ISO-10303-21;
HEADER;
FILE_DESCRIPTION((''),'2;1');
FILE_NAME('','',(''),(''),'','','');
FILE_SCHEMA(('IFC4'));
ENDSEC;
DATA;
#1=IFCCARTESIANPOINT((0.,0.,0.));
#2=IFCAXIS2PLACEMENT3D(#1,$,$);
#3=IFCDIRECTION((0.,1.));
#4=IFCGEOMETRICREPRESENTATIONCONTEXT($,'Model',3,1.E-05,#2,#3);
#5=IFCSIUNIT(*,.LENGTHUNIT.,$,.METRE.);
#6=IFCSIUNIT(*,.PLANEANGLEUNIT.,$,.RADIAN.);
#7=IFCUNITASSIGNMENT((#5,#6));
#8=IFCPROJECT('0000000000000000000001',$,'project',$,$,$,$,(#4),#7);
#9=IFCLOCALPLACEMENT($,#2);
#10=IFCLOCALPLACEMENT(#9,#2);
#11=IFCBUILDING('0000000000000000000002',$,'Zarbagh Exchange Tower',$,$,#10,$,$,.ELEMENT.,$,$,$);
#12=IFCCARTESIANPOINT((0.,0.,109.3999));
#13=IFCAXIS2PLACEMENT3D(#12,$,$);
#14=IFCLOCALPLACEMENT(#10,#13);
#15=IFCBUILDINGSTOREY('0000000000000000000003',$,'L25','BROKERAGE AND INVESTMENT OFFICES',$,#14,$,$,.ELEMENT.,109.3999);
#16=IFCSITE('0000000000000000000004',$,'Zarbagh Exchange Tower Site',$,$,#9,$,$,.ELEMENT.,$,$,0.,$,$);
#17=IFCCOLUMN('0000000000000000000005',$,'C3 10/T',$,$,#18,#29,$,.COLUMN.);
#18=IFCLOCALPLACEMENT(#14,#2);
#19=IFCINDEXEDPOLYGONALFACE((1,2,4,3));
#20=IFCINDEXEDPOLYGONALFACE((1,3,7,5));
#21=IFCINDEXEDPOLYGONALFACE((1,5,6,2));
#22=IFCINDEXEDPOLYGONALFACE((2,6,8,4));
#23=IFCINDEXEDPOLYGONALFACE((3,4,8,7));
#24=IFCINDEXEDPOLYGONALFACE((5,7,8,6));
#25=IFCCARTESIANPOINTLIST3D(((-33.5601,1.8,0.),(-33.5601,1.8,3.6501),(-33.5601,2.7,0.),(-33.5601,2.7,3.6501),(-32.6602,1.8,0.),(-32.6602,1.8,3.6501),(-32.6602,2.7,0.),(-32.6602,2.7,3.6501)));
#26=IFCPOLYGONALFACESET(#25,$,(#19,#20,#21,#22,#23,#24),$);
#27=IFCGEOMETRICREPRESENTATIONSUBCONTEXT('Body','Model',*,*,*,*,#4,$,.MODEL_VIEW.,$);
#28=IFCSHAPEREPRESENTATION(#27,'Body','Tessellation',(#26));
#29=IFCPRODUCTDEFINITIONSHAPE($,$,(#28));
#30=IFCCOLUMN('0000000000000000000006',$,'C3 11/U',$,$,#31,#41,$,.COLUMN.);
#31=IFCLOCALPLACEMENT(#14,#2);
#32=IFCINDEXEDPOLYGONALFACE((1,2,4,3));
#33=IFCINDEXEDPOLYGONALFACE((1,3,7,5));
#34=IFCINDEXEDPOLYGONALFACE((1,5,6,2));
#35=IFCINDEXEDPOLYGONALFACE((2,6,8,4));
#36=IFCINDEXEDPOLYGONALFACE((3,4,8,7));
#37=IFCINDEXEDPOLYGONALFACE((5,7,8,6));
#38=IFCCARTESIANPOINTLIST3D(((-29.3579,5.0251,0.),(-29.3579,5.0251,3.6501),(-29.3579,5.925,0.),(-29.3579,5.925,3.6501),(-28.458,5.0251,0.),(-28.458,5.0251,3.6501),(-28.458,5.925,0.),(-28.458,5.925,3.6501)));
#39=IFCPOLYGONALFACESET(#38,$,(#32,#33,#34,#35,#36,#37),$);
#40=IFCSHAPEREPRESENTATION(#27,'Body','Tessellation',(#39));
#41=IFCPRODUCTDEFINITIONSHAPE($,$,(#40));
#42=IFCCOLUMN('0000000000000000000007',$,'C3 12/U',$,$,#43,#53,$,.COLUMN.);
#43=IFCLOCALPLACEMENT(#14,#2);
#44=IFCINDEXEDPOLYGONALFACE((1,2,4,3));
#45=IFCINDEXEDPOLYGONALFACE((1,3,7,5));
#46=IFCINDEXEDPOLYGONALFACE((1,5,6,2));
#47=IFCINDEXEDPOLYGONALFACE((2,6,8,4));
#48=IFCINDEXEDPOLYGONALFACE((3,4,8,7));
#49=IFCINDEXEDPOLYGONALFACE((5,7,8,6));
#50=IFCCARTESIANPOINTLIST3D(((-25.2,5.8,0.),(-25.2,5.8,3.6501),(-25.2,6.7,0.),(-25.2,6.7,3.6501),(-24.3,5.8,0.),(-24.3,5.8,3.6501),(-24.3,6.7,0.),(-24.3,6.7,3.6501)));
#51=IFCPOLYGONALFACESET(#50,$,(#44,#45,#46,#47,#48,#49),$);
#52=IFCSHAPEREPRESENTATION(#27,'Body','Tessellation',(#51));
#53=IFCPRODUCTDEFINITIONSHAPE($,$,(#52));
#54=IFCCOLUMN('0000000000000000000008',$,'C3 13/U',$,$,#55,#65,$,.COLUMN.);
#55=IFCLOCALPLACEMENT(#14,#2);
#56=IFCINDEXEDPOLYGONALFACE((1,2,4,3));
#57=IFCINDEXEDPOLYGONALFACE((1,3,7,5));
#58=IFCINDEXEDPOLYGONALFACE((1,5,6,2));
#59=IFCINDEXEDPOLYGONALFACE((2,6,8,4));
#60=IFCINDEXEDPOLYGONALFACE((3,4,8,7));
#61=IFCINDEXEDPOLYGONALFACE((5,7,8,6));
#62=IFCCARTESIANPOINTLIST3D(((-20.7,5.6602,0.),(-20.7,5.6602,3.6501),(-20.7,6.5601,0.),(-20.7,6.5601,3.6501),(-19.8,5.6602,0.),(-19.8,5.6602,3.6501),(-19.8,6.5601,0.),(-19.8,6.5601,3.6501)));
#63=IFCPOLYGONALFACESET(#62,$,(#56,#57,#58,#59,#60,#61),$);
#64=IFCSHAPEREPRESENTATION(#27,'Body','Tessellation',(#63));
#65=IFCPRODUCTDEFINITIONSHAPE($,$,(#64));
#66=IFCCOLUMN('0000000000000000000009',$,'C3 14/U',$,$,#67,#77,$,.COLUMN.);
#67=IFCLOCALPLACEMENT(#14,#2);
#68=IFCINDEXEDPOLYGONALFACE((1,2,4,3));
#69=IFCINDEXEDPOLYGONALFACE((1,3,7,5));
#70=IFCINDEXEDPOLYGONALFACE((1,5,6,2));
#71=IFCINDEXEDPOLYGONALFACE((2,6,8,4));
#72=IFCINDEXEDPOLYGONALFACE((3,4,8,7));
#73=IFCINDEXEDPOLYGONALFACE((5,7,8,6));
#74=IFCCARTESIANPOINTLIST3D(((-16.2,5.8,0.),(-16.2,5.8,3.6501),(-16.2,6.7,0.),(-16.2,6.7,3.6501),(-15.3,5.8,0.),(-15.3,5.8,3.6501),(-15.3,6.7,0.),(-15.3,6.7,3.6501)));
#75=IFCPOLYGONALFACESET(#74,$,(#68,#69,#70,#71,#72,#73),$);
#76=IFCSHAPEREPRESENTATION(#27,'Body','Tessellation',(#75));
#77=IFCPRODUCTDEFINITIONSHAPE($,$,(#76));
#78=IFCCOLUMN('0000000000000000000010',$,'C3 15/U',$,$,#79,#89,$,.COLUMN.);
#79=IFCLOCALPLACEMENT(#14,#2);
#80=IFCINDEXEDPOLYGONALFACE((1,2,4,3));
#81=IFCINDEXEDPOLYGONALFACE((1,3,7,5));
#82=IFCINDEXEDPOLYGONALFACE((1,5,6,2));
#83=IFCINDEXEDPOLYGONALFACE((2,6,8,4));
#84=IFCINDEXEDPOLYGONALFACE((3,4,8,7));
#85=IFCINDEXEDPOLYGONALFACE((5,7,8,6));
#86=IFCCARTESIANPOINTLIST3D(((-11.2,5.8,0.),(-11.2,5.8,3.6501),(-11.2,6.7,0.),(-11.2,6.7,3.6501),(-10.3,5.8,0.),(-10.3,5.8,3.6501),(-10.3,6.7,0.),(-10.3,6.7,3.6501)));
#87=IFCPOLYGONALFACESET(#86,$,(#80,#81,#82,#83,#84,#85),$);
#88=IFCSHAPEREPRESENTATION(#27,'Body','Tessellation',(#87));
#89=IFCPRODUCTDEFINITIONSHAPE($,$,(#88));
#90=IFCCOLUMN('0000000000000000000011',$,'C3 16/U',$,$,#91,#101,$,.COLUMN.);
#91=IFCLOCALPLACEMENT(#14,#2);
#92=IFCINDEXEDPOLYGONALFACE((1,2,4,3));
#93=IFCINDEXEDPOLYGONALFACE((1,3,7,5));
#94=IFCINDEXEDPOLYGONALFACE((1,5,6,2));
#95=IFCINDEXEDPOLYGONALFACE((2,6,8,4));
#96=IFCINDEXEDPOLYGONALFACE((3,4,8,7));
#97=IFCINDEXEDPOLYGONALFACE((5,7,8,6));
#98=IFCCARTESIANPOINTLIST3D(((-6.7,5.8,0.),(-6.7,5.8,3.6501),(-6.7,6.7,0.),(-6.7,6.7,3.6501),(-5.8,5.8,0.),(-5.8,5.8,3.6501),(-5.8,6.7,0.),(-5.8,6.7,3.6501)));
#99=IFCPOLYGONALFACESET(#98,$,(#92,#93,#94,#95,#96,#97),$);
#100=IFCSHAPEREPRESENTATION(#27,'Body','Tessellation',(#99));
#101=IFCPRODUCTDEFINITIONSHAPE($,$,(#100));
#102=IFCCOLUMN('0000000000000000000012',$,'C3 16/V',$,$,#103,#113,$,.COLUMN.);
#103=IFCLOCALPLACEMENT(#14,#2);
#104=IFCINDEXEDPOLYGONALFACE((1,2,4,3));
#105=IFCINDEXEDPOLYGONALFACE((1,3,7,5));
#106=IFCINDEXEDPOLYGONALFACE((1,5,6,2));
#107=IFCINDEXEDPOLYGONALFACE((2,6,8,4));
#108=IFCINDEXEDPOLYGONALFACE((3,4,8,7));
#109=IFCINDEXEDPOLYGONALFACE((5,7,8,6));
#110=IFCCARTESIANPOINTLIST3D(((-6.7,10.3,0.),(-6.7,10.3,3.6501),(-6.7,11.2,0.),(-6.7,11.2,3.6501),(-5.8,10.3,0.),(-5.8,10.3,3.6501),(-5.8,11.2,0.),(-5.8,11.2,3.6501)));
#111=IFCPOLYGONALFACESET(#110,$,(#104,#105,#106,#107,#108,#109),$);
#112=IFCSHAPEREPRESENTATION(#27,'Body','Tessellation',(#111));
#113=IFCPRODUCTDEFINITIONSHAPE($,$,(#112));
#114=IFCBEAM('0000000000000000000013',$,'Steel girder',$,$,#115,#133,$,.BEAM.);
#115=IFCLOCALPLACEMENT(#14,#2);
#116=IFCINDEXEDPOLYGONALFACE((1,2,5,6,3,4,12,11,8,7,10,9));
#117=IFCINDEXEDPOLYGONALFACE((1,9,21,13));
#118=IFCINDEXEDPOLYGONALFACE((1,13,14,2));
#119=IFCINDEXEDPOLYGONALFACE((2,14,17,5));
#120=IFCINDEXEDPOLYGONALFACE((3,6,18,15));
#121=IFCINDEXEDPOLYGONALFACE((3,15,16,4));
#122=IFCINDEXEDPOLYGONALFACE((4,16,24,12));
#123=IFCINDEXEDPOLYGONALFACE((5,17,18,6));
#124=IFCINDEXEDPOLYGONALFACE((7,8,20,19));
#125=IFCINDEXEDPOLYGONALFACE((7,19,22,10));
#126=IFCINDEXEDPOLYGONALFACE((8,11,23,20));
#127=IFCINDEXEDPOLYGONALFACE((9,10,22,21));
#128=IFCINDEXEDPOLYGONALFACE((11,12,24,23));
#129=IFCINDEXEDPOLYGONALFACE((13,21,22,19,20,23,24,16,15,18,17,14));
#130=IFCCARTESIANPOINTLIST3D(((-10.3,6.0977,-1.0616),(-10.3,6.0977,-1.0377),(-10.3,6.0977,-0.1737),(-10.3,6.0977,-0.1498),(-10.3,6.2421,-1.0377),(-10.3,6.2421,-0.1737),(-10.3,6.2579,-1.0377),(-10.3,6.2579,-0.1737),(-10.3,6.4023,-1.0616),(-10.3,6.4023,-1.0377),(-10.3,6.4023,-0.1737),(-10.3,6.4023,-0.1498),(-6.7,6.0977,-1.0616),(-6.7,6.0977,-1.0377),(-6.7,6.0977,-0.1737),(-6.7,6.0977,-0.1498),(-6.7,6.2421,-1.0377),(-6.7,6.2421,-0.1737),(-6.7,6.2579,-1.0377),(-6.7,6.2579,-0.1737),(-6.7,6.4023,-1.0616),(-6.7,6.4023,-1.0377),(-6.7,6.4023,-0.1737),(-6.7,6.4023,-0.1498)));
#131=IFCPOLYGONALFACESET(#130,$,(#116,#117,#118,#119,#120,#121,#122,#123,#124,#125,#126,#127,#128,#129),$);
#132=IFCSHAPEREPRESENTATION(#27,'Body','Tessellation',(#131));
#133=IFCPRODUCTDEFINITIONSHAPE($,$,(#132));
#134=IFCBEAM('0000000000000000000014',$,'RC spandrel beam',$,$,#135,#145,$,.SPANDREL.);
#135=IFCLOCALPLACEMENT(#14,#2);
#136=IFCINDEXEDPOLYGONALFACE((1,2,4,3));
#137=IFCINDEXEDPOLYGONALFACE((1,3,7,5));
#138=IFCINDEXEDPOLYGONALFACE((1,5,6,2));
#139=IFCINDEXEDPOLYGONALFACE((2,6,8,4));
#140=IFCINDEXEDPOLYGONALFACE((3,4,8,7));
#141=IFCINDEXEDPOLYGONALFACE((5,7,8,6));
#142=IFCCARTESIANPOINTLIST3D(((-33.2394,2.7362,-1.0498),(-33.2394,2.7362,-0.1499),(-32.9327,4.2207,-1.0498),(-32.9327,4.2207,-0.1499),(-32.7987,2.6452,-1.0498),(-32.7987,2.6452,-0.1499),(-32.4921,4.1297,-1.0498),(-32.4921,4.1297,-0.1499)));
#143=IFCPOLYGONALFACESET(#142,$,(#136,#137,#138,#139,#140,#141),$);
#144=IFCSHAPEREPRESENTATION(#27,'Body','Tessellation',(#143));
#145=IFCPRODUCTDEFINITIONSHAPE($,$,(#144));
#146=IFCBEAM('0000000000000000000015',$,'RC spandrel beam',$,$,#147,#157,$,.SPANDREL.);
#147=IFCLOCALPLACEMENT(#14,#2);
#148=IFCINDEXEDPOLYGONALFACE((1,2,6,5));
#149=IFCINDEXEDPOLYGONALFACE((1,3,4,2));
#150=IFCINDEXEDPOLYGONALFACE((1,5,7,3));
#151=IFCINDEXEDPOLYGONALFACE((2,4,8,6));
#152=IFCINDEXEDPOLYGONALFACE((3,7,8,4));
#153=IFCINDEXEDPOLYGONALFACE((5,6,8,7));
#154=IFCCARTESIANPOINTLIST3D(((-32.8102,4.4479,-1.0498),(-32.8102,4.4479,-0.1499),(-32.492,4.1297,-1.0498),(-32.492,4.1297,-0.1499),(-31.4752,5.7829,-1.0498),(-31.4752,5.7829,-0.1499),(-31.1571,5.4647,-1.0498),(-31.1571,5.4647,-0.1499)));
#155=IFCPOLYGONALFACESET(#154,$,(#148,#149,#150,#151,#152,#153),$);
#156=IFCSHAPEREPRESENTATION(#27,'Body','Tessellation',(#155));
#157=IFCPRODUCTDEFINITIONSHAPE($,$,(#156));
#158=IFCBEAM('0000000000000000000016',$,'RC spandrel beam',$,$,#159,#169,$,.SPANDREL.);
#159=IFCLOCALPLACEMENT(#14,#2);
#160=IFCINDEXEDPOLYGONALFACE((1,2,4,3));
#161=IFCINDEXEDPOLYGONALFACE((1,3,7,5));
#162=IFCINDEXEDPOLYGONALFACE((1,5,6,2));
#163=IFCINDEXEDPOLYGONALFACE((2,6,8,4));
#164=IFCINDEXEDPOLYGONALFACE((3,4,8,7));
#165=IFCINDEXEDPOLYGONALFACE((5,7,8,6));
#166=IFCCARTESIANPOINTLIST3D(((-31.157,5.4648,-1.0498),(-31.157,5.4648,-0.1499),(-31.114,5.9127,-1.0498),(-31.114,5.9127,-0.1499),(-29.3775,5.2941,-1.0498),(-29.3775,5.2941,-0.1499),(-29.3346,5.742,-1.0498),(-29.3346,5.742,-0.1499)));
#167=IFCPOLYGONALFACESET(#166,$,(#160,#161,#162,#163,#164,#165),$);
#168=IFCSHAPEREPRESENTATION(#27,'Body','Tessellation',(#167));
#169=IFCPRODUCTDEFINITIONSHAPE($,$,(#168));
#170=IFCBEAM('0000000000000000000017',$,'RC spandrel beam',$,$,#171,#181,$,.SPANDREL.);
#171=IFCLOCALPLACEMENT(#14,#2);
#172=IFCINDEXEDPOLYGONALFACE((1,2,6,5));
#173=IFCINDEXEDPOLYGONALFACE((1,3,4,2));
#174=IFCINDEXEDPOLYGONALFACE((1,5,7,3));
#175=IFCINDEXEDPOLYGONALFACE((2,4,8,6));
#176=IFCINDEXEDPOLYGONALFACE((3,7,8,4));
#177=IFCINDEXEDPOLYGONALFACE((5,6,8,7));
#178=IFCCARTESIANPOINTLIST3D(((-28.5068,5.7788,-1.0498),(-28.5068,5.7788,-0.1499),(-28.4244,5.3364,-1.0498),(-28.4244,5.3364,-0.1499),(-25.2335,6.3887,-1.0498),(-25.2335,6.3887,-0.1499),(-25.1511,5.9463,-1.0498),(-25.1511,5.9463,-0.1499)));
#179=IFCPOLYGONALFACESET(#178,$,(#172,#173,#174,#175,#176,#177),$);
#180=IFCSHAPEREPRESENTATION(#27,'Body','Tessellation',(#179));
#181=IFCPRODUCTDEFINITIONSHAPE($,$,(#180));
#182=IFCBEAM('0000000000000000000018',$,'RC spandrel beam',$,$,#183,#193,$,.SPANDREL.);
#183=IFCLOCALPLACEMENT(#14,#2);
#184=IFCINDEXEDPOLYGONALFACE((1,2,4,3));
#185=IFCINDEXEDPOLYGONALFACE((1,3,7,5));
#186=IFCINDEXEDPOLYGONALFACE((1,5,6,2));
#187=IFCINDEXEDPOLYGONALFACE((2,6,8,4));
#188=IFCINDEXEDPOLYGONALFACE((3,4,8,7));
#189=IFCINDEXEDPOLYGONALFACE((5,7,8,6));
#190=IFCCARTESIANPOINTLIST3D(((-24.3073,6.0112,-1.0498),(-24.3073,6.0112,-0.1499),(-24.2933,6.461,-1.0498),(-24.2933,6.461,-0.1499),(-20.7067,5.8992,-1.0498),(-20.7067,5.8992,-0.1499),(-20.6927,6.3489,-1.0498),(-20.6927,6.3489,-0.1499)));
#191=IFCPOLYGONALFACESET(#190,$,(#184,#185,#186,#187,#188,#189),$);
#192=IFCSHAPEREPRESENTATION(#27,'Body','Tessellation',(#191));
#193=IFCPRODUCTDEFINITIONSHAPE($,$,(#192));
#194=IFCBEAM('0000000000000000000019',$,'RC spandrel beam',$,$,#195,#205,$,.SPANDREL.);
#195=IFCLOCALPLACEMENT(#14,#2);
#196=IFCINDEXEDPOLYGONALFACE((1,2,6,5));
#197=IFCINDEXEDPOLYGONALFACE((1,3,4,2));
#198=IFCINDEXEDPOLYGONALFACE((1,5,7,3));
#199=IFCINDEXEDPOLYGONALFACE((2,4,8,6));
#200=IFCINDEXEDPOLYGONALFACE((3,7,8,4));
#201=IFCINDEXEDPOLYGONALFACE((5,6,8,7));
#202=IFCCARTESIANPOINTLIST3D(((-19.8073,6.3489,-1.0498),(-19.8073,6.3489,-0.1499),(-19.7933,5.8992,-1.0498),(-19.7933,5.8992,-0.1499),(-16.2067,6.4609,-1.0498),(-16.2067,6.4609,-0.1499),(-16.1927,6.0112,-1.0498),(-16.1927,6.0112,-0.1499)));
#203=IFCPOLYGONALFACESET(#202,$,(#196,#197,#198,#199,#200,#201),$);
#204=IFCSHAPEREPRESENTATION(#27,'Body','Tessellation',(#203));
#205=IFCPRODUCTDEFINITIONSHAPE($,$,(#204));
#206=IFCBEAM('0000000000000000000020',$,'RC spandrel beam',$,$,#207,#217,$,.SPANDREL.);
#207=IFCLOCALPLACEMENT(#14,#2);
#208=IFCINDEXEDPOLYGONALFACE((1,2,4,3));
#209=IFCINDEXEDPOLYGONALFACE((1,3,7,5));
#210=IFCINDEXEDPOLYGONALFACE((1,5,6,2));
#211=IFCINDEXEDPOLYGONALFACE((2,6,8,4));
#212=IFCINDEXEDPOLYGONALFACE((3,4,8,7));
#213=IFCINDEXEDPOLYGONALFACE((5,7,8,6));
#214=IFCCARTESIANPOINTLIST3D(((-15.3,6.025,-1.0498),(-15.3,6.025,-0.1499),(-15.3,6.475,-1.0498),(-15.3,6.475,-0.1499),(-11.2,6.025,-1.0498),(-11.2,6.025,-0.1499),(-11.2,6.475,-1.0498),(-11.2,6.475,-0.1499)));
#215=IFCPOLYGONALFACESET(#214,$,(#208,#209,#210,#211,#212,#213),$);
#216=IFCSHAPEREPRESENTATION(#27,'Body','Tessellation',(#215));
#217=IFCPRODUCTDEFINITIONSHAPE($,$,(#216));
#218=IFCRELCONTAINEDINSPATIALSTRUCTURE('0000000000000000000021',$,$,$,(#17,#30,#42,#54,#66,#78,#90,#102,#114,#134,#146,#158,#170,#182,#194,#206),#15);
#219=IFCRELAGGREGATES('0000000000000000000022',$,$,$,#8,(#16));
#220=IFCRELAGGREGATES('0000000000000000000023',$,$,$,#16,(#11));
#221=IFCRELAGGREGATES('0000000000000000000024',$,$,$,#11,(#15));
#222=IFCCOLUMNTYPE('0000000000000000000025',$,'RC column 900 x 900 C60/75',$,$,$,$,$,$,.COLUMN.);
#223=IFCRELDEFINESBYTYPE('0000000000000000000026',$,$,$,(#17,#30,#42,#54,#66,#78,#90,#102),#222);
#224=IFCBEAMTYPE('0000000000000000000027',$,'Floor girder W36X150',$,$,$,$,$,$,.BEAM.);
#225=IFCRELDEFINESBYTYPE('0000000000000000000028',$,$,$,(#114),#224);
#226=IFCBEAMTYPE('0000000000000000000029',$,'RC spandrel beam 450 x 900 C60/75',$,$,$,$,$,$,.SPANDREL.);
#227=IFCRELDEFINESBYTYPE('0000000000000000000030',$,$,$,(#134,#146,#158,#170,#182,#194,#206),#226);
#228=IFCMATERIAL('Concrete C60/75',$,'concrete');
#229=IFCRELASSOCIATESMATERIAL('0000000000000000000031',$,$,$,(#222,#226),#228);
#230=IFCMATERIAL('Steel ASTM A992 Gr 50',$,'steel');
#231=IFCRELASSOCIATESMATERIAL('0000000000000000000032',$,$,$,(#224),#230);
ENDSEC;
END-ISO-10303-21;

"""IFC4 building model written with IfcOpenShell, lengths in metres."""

from ifc_helpers import new_model, si_unit, direction, frame, origin, origin_2d, place, context, subcontext, project, spatial, rectangle, i_section, extrude, material, material_profile, profile_set, type_object, element, save


model = new_model("IFC4")

# Units and contexts
model_context = context("Model", 3, precision=1e-05, world=origin(), true_north=direction((0.0, 1.0)))
body_context = subcontext(model_context, "Body", "Model", "MODEL_VIEW")
ifc_project = project(units=[si_unit("LENGTHUNIT", "METRE"), si_unit("PLANEANGLEUNIT", "RADIAN")], contexts=[model_context])

# Site, building, storey
site_placement = place(None, origin())
site = spatial("IfcSite", under=ifc_project, at=site_placement, Name="Zarbagh Exchange Tower Site", CompositionType="ELEMENT", RefElevation=0.0)
building_placement = place(site_placement, origin())
building = spatial("IfcBuilding", under=site, at=building_placement, Name="Zarbagh Exchange Tower", CompositionType="ELEMENT")
storey_placement = place(building_placement, frame((0.0, 0.0, 109.3999)))
storey = spatial("IfcBuildingStorey", under=building, at=storey_placement, Name="L25", Description="BROKERAGE AND INVESTMENT OFFICES", CompositionType="ELEMENT", Elevation=109.3999)

# Columns
ifc_material_1 = material(Name="Concrete C60/75", Category="concrete")
ifc_material_profile_1 = material_profile(ifc_material_1, rectangle(XDim=0.8999, YDim=0.8999, at=origin_2d()), Name="RC column 900 x 900 C60/75")
ifc_profile_set_1 = profile_set([ifc_material_profile_1], Name="Concrete C60/75")
column_type = type_object("IfcColumnType", Name="RC column 900 x 900 C60/75", PredefinedType="COLUMN", material=ifc_profile_set_1)
for number, where, z_axis, x_axis, name in (
    (1, (-33.1101, 2.25, 0.0), (0.0, 0.0, 1.0), (1.0, 0.0, 0.0), "C3 10/T"),
    (2, (-28.908, 5.4751, 0.0), (0.0, 0.0, 1.0), (1.0, 0.0, 0.0), "C3 11/U"),
    (3, (-24.75, 6.25, 0.0), (0.0, 0.0, 1.0), (1.0, 0.0, 0.0), "C3 12/U"),
    (4, (-20.25, 6.1101, 0.0), (0.0, 0.0, 1.0), (1.0, 0.0, 0.0), "C3 13/U"),
    (5, (-15.75, 6.25, 0.0), (0.0, 0.0, 1.0), (1.0, 0.0, 0.0), "C3 14/U"),
    (6, (-10.75, 6.25, 0.0), (0.0, 0.0, 1.0), (1.0, 0.0, 0.0), "C3 15/U"),
    (7, (-6.25, 6.25, 0.0), (0.0, 0.0, 1.0), (1.0, 0.0, 0.0), "C3 16/U"),
    (8, (-6.25, 10.75, 0.0), (0.0, 0.0, 1.0), (1.0, 0.0, 0.0), "C3 16/V"),
):
    element("IfcColumn", number, at=place(storey_placement, frame(where, z_axis=z_axis, x_axis=x_axis)), inside=storey, type_object=column_type, Name=name, PredefinedType="COLUMN", context=body_context, shape_type="SweptSolid", body=[
        extrude(rectangle(XDim=0.8999, YDim=0.8999, at=origin_2d()), origin(), (0.0, 0.0, 1.0), 3.6501),
    ])

# Beams
ifc_material_2 = material(Name="Steel ASTM A992 Gr 50", Category="steel")
ifc_material_profile_2 = material_profile(ifc_material_2, i_section(OverallWidth=0.3047, OverallDepth=0.9119, WebThickness=0.0159, FlangeThickness=0.0239, at=origin_2d()), Name="W36X150")
ifc_profile_set_2 = profile_set([ifc_material_profile_2], Name="Steel ASTM A992 Gr 50")
beam_type_1 = type_object("IfcBeamType", Name="Floor girder W36X150", PredefinedType="BEAM", material=ifc_profile_set_2)
beam_1_placement = place(storey_placement, frame((-10.3, 6.25, -0.6057), z_axis=(1.0, 0.0, 0.0), x_axis=(0.0, 1.0, 0.0)))
element("IfcBeam", 9, at=beam_1_placement, inside=storey, type_object=beam_type_1, Name="Steel girder", PredefinedType="BEAM", context=body_context, shape_type="SweptSolid", body=[
    extrude(i_section(OverallWidth=0.3047, OverallDepth=0.9119, WebThickness=0.0159, FlangeThickness=0.0239, at=origin_2d()), origin(), (0.0, 0.0, 1.0), 3.6001),
])
ifc_material_profile_3 = material_profile(ifc_material_1, rectangle(XDim=0.45, YDim=0.8999, at=origin_2d()), Name="RC spandrel beam 450 x 900 C60/75")
ifc_profile_set_3 = profile_set([ifc_material_profile_3], Name="Concrete C60/75")
beam_type_2 = type_object("IfcBeamType", Name="RC spandrel beam 450 x 900 C60/75", PredefinedType="SPANDREL", material=ifc_profile_set_3)
beam_2_placement = place(storey_placement, frame((-33.019, 2.6907, -0.5999), z_axis=(0.202275, 0.979329, 0.0), x_axis=(-0.979329, 0.202275, 0.0)))
element("IfcBeam", 10, at=beam_2_placement, inside=storey, type_object=beam_type_2, Name="RC spandrel beam", PredefinedType="SPANDREL", context=body_context, shape_type="SweptSolid", body=[
    extrude(rectangle(XDim=0.45, YDim=0.8999, at=origin_2d()), origin(), (0.0, 0.0, 1.0), 1.5159),
])
beam_3_placement = place(storey_placement, frame((-32.6511, 4.2888, -0.5999), z_axis=(0.707107, 0.707107, 0.0), x_axis=(-0.707107, 0.707107, 0.0)))
element("IfcBeam", 11, at=beam_3_placement, inside=storey, type_object=beam_type_2, Name="RC spandrel beam", PredefinedType="SPANDREL", context=body_context, shape_type="SweptSolid", body=[
    extrude(rectangle(XDim=0.45, YDim=0.8999, at=origin_2d()), origin(), (0.0, 0.0, 1.0), 1.8879),
])
beam_4_placement = place(storey_placement, frame((-31.1355, 5.6887, -0.5999), z_axis=(0.995433, -0.09546, 0.0), x_axis=(0.09546, 0.995433, 0.0)))
element("IfcBeam", 12, at=beam_4_placement, inside=storey, type_object=beam_type_2, Name="RC spandrel beam", PredefinedType="SPANDREL", context=body_context, shape_type="SweptSolid", body=[
    extrude(rectangle(XDim=0.45, YDim=0.8999, at=origin_2d()), origin(), (0.0, 0.0, 1.0), 1.7876),
])
beam_5_placement = place(storey_placement, frame((-28.4656, 5.5576, -0.5999), z_axis=(0.983082, 0.183168, 0.0), x_axis=(-0.183168, 0.983082, 0.0)))
element("IfcBeam", 13, at=beam_5_placement, inside=storey, type_object=beam_type_2, Name="RC spandrel beam", PredefinedType="SPANDREL", context=body_context, shape_type="SweptSolid", body=[
    extrude(rectangle(XDim=0.45, YDim=0.8999, at=origin_2d()), origin(), (0.0, 0.0, 1.0), 3.3296),
])
for number, where, z_axis, x_axis, name in (
    (14, (-24.3003, 6.2361, -0.5999), (0.999516, -0.031108, 0.0), (0.031108, 0.999516, 0.0), "RC spandrel beam"),
    (15, (-19.8003, 6.124, -0.5999), (0.999516, 0.031108, 0.0), (-0.031108, 0.999516, 0.0), "RC spandrel beam"),
):
    element("IfcBeam", number, at=place(storey_placement, frame(where, z_axis=z_axis, x_axis=x_axis)), inside=storey, type_object=beam_type_2, Name=name, PredefinedType="SPANDREL", context=body_context, shape_type="SweptSolid", body=[
        extrude(rectangle(XDim=0.45, YDim=0.8999, at=origin_2d()), origin(), (0.0, 0.0, 1.0), 3.6023),
    ])
beam_6_placement = place(storey_placement, frame((-15.3, 6.25, -0.5999), z_axis=(1.0, 0.0, 0.0), x_axis=(0.0, 1.0, 0.0)))
element("IfcBeam", 16, at=beam_6_placement, inside=storey, type_object=beam_type_2, Name="RC spandrel beam", PredefinedType="SPANDREL", context=body_context, shape_type="SweptSolid", body=[
    extrude(rectangle(XDim=0.45, YDim=0.8999, at=origin_2d()), origin(), (0.0, 0.0, 1.0), 4.1001),
])

save(model, "model.ifc")
